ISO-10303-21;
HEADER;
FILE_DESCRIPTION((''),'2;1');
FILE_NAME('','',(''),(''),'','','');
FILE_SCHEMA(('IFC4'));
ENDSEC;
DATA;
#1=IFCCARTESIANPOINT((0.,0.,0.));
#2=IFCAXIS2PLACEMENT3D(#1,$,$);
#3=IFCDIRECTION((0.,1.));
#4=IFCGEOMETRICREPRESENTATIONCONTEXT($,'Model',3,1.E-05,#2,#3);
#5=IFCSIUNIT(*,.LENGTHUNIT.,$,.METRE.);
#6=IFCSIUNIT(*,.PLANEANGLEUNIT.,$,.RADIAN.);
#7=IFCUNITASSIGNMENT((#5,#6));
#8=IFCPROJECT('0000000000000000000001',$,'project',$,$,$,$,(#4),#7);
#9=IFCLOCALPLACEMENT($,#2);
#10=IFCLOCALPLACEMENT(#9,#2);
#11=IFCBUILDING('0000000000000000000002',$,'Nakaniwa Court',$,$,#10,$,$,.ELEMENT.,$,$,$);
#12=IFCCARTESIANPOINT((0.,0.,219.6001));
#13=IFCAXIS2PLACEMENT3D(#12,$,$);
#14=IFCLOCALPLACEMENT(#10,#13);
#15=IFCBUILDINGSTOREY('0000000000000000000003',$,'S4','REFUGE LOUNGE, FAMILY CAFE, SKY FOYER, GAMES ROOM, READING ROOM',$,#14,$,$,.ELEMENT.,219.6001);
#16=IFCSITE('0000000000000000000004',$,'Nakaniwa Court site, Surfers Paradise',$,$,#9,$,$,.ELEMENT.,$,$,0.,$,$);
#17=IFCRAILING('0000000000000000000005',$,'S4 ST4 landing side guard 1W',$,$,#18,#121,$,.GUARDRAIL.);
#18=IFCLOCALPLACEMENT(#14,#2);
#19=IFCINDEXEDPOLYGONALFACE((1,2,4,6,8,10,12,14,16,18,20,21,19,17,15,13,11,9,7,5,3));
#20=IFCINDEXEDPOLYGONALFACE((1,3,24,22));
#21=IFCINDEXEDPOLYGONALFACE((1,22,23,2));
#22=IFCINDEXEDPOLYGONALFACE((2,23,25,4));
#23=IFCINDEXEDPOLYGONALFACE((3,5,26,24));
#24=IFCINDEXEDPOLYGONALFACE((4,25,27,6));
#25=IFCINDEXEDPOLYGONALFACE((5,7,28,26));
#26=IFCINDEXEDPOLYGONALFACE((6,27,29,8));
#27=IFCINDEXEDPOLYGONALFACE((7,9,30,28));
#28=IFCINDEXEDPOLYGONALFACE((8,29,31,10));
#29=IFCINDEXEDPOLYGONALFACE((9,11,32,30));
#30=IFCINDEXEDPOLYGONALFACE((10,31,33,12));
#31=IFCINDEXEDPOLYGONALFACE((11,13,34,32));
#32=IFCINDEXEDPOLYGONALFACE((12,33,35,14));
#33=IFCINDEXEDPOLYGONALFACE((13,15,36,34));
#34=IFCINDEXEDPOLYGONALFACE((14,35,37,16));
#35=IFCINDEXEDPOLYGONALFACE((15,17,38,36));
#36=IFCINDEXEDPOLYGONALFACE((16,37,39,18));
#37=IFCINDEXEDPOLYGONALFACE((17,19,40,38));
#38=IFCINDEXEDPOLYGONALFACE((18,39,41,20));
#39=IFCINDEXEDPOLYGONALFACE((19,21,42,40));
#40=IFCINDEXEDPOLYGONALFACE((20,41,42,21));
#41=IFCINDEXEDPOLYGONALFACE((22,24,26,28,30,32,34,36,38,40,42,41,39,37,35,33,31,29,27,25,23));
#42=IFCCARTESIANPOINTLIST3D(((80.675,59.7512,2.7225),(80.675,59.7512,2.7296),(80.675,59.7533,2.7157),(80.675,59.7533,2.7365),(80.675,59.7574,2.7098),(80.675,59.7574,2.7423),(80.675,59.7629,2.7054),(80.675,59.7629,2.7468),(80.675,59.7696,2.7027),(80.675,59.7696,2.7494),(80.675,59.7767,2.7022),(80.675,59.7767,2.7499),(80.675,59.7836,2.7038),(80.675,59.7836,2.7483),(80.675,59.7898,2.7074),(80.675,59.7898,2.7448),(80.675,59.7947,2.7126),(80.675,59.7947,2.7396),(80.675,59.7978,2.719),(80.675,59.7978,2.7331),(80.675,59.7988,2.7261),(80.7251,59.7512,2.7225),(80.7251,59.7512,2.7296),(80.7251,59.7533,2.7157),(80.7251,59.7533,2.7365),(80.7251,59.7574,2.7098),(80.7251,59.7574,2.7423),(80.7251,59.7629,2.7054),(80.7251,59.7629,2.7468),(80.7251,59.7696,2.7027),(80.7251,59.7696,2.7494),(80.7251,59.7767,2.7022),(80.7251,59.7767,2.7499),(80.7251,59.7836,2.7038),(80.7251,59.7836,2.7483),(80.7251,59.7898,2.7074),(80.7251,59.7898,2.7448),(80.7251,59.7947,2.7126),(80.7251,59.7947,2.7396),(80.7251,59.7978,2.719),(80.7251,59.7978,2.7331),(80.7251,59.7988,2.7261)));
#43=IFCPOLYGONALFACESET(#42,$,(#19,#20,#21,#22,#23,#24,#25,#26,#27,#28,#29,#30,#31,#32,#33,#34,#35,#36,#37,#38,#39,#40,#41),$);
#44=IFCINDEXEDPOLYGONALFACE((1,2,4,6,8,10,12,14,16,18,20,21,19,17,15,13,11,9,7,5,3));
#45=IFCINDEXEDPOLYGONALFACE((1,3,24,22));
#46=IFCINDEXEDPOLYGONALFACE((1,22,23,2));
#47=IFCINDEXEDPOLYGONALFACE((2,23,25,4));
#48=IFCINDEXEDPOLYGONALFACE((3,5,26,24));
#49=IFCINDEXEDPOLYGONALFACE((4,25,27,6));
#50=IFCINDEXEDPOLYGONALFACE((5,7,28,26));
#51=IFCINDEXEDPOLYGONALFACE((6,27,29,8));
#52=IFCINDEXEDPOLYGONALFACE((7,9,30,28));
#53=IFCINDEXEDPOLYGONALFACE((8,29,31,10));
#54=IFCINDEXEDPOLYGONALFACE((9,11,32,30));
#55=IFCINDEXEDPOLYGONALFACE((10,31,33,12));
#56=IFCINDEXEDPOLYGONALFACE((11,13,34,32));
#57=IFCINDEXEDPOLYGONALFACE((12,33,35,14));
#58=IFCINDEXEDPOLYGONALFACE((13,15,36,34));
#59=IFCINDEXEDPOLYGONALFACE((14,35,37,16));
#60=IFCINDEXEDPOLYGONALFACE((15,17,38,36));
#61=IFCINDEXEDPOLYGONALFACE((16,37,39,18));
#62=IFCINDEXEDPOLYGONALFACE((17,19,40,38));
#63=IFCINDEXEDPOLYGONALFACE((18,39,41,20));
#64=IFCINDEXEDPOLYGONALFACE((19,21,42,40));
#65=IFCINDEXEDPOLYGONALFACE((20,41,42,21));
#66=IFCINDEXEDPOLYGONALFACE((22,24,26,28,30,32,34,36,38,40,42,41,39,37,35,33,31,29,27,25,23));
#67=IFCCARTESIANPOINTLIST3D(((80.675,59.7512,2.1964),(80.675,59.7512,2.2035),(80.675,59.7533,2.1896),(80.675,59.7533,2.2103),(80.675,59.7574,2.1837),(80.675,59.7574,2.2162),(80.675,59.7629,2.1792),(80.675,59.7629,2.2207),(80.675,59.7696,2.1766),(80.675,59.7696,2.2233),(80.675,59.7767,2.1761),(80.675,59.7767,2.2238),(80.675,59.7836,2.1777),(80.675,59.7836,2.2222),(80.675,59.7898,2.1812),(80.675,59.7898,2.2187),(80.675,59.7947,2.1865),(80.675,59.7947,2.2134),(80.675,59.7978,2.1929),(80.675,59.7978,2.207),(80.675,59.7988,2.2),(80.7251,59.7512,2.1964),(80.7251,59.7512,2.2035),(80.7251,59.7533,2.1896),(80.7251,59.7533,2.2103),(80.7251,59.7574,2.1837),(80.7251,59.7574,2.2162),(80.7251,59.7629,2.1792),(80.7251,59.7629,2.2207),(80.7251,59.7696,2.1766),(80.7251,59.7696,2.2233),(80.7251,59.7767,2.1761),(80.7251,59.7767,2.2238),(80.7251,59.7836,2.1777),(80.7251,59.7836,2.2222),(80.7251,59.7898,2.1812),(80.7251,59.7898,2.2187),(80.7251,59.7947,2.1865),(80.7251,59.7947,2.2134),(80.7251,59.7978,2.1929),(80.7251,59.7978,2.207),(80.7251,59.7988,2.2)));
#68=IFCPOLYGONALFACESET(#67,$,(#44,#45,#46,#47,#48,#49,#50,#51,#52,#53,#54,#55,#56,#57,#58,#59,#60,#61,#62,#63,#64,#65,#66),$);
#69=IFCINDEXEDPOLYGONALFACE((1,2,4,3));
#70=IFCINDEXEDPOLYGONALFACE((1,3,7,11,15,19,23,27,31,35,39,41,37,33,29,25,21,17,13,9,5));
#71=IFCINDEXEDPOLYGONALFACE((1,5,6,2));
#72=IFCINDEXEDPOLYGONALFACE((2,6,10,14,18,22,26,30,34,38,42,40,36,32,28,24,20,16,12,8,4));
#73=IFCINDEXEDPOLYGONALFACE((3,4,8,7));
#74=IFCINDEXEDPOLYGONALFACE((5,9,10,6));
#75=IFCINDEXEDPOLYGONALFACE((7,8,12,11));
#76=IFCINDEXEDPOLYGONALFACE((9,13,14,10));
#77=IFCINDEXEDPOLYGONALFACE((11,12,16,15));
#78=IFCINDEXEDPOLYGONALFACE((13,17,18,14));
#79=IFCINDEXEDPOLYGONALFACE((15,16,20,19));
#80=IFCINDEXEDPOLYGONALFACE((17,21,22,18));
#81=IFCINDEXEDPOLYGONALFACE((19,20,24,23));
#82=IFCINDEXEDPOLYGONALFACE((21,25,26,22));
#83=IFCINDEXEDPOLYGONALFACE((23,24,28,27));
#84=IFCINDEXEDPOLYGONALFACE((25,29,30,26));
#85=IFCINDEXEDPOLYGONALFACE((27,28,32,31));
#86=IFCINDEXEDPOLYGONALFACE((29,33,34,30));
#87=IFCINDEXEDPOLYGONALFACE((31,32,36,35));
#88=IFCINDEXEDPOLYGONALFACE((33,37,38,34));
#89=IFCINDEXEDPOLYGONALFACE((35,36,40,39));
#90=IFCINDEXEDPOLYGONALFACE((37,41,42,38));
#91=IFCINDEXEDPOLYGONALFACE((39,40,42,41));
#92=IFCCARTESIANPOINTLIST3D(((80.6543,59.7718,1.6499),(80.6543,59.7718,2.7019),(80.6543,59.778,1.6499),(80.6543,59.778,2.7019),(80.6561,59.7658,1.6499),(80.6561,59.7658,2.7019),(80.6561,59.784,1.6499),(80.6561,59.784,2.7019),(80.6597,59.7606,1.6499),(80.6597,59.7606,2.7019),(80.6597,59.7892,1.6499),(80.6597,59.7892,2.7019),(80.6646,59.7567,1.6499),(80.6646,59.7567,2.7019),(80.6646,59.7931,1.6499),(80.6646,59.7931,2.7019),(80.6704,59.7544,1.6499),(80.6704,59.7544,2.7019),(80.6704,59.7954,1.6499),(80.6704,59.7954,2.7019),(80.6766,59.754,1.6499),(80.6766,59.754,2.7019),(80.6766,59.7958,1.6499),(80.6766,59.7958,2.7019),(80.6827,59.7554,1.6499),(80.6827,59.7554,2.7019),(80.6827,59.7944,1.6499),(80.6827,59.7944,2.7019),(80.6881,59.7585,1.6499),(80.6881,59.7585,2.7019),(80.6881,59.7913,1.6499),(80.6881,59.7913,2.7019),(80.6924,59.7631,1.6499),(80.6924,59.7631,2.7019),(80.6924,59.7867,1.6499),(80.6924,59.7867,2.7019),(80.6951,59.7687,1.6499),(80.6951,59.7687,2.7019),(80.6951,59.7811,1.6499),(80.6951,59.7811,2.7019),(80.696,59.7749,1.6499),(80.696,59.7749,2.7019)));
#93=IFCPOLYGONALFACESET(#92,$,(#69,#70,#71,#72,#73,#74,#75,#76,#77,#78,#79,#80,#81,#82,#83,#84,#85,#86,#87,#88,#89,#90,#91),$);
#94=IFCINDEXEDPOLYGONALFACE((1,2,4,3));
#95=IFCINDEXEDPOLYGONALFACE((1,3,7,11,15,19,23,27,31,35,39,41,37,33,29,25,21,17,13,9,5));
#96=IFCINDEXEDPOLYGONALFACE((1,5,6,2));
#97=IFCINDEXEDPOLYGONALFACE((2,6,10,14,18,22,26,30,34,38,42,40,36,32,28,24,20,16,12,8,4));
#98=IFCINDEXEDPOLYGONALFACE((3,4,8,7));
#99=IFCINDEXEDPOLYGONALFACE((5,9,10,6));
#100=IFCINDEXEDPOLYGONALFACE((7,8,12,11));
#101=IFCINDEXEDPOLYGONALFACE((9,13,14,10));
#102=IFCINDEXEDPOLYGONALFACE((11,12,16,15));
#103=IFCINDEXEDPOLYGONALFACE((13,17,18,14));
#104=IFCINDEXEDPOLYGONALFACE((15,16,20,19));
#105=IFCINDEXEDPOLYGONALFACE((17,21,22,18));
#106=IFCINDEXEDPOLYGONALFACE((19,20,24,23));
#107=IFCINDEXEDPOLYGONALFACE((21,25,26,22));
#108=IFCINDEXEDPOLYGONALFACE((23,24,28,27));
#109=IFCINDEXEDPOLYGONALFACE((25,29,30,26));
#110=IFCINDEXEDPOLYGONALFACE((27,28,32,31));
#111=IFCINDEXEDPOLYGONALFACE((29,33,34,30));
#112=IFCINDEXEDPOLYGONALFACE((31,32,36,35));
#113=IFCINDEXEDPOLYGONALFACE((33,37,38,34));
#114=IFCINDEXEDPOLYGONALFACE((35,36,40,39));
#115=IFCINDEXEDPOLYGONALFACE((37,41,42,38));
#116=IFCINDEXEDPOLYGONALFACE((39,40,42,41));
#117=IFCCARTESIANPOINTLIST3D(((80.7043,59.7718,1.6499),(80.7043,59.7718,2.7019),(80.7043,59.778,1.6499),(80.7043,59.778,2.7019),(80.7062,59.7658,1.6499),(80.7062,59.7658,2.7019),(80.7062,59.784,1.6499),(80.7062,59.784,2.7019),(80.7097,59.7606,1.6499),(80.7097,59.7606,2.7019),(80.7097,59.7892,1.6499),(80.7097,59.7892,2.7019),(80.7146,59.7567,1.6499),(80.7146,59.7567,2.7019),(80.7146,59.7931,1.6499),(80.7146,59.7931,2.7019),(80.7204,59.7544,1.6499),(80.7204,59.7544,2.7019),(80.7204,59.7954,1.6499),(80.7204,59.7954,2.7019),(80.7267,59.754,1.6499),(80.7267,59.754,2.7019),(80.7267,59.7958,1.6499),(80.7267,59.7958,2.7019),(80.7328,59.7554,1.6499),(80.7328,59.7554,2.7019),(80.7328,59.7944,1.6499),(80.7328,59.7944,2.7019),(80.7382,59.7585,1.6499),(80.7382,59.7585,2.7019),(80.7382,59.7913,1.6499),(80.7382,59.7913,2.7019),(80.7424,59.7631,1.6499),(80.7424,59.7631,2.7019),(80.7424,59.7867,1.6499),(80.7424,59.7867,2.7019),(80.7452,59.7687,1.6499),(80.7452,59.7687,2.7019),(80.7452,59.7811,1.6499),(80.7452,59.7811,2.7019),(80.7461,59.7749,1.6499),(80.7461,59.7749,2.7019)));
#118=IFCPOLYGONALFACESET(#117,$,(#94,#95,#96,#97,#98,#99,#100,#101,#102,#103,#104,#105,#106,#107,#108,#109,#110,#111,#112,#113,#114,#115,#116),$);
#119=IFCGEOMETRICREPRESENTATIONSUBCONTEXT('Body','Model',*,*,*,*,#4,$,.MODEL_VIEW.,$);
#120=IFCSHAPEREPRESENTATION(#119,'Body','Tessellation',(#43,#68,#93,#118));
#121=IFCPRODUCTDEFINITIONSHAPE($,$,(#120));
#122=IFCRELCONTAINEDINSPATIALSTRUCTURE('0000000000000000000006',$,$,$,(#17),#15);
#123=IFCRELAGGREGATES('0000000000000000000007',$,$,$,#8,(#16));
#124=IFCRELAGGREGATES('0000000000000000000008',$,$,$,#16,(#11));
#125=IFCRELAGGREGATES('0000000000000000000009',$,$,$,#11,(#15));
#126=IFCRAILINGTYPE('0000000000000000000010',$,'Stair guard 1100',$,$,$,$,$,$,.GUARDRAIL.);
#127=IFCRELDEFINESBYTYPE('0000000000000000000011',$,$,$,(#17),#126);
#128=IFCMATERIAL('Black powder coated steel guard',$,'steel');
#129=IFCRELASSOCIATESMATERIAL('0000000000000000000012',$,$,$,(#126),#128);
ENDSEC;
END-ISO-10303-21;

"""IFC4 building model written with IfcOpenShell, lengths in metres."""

from ifc_helpers import new_model, si_unit, direction, frame, origin, origin_2d, place, context, subcontext, project, spatial, circle, extrude, material, type_object, element, save


model = new_model("IFC4")

# Units and contexts
model_context = context("Model", 3, precision=1e-05, world=origin(), true_north=direction((0.0, 1.0)))
body_context = subcontext(model_context, "Body", "Model", "MODEL_VIEW")
ifc_project = project(units=[si_unit("LENGTHUNIT", "METRE"), si_unit("PLANEANGLEUNIT", "RADIAN")], contexts=[model_context])

# Site, building, storey
site_placement = place(None, origin())
site = spatial("IfcSite", under=ifc_project, at=site_placement, Name="Nakaniwa Court site, Surfers Paradise", CompositionType="ELEMENT", RefElevation=0.0)
building_placement = place(site_placement, origin())
building = spatial("IfcBuilding", under=site, at=building_placement, Name="Nakaniwa Court", CompositionType="ELEMENT")
storey_placement = place(building_placement, frame((0.0, 0.0, 219.6001)))
storey = spatial("IfcBuildingStorey", under=building, at=storey_placement, Name="S4", Description="REFUGE LOUNGE, FAMILY CAFE, SKY FOYER, GAMES ROOM, READING ROOM", CompositionType="ELEMENT", Elevation=219.6001)

# Railing
ifc_material_1 = material(Name="Black powder coated steel guard", Category="steel")
railing_type_1 = type_object("IfcRailingType", Name="Stair guard 1100", PredefinedType="GUARDRAIL", material=ifc_material_1)
railing_1_placement = place(storey_placement, frame((80.675, 59.7749, 1.6499)))
element("IfcRailing", 1, at=railing_1_placement, inside=storey, type_object=railing_type_1, Name="S4 ST4 landing side guard 1W", PredefinedType="GUARDRAIL", context=body_context, shape_type="SweptSolid", body=[
    extrude(circle(Radius=0.0239, at=origin_2d()), frame((0.0, 0.0, 1.0762), z_axis=(1.0, 0.0, 0.0), x_axis=(0.0, 1.0, 0.0)), (0.0, 0.0, 1.0), 0.05),
    extrude(circle(Radius=0.0239, at=origin_2d()), frame((0.0, 0.0, 0.55), z_axis=(1.0, 0.0, 0.0), x_axis=(0.0, 1.0, 0.0)), (0.0, 0.0, 1.0), 0.05),
    extrude(circle(Radius=0.021, at=origin_2d()), origin(), (0.0, 0.0, 1.0), 1.052),
    extrude(circle(Radius=0.021, at=origin_2d()), frame((0.05, 0.0, 0.0)), (0.0, 0.0, 1.0), 1.052),
])

save(model, "model.ifc")
